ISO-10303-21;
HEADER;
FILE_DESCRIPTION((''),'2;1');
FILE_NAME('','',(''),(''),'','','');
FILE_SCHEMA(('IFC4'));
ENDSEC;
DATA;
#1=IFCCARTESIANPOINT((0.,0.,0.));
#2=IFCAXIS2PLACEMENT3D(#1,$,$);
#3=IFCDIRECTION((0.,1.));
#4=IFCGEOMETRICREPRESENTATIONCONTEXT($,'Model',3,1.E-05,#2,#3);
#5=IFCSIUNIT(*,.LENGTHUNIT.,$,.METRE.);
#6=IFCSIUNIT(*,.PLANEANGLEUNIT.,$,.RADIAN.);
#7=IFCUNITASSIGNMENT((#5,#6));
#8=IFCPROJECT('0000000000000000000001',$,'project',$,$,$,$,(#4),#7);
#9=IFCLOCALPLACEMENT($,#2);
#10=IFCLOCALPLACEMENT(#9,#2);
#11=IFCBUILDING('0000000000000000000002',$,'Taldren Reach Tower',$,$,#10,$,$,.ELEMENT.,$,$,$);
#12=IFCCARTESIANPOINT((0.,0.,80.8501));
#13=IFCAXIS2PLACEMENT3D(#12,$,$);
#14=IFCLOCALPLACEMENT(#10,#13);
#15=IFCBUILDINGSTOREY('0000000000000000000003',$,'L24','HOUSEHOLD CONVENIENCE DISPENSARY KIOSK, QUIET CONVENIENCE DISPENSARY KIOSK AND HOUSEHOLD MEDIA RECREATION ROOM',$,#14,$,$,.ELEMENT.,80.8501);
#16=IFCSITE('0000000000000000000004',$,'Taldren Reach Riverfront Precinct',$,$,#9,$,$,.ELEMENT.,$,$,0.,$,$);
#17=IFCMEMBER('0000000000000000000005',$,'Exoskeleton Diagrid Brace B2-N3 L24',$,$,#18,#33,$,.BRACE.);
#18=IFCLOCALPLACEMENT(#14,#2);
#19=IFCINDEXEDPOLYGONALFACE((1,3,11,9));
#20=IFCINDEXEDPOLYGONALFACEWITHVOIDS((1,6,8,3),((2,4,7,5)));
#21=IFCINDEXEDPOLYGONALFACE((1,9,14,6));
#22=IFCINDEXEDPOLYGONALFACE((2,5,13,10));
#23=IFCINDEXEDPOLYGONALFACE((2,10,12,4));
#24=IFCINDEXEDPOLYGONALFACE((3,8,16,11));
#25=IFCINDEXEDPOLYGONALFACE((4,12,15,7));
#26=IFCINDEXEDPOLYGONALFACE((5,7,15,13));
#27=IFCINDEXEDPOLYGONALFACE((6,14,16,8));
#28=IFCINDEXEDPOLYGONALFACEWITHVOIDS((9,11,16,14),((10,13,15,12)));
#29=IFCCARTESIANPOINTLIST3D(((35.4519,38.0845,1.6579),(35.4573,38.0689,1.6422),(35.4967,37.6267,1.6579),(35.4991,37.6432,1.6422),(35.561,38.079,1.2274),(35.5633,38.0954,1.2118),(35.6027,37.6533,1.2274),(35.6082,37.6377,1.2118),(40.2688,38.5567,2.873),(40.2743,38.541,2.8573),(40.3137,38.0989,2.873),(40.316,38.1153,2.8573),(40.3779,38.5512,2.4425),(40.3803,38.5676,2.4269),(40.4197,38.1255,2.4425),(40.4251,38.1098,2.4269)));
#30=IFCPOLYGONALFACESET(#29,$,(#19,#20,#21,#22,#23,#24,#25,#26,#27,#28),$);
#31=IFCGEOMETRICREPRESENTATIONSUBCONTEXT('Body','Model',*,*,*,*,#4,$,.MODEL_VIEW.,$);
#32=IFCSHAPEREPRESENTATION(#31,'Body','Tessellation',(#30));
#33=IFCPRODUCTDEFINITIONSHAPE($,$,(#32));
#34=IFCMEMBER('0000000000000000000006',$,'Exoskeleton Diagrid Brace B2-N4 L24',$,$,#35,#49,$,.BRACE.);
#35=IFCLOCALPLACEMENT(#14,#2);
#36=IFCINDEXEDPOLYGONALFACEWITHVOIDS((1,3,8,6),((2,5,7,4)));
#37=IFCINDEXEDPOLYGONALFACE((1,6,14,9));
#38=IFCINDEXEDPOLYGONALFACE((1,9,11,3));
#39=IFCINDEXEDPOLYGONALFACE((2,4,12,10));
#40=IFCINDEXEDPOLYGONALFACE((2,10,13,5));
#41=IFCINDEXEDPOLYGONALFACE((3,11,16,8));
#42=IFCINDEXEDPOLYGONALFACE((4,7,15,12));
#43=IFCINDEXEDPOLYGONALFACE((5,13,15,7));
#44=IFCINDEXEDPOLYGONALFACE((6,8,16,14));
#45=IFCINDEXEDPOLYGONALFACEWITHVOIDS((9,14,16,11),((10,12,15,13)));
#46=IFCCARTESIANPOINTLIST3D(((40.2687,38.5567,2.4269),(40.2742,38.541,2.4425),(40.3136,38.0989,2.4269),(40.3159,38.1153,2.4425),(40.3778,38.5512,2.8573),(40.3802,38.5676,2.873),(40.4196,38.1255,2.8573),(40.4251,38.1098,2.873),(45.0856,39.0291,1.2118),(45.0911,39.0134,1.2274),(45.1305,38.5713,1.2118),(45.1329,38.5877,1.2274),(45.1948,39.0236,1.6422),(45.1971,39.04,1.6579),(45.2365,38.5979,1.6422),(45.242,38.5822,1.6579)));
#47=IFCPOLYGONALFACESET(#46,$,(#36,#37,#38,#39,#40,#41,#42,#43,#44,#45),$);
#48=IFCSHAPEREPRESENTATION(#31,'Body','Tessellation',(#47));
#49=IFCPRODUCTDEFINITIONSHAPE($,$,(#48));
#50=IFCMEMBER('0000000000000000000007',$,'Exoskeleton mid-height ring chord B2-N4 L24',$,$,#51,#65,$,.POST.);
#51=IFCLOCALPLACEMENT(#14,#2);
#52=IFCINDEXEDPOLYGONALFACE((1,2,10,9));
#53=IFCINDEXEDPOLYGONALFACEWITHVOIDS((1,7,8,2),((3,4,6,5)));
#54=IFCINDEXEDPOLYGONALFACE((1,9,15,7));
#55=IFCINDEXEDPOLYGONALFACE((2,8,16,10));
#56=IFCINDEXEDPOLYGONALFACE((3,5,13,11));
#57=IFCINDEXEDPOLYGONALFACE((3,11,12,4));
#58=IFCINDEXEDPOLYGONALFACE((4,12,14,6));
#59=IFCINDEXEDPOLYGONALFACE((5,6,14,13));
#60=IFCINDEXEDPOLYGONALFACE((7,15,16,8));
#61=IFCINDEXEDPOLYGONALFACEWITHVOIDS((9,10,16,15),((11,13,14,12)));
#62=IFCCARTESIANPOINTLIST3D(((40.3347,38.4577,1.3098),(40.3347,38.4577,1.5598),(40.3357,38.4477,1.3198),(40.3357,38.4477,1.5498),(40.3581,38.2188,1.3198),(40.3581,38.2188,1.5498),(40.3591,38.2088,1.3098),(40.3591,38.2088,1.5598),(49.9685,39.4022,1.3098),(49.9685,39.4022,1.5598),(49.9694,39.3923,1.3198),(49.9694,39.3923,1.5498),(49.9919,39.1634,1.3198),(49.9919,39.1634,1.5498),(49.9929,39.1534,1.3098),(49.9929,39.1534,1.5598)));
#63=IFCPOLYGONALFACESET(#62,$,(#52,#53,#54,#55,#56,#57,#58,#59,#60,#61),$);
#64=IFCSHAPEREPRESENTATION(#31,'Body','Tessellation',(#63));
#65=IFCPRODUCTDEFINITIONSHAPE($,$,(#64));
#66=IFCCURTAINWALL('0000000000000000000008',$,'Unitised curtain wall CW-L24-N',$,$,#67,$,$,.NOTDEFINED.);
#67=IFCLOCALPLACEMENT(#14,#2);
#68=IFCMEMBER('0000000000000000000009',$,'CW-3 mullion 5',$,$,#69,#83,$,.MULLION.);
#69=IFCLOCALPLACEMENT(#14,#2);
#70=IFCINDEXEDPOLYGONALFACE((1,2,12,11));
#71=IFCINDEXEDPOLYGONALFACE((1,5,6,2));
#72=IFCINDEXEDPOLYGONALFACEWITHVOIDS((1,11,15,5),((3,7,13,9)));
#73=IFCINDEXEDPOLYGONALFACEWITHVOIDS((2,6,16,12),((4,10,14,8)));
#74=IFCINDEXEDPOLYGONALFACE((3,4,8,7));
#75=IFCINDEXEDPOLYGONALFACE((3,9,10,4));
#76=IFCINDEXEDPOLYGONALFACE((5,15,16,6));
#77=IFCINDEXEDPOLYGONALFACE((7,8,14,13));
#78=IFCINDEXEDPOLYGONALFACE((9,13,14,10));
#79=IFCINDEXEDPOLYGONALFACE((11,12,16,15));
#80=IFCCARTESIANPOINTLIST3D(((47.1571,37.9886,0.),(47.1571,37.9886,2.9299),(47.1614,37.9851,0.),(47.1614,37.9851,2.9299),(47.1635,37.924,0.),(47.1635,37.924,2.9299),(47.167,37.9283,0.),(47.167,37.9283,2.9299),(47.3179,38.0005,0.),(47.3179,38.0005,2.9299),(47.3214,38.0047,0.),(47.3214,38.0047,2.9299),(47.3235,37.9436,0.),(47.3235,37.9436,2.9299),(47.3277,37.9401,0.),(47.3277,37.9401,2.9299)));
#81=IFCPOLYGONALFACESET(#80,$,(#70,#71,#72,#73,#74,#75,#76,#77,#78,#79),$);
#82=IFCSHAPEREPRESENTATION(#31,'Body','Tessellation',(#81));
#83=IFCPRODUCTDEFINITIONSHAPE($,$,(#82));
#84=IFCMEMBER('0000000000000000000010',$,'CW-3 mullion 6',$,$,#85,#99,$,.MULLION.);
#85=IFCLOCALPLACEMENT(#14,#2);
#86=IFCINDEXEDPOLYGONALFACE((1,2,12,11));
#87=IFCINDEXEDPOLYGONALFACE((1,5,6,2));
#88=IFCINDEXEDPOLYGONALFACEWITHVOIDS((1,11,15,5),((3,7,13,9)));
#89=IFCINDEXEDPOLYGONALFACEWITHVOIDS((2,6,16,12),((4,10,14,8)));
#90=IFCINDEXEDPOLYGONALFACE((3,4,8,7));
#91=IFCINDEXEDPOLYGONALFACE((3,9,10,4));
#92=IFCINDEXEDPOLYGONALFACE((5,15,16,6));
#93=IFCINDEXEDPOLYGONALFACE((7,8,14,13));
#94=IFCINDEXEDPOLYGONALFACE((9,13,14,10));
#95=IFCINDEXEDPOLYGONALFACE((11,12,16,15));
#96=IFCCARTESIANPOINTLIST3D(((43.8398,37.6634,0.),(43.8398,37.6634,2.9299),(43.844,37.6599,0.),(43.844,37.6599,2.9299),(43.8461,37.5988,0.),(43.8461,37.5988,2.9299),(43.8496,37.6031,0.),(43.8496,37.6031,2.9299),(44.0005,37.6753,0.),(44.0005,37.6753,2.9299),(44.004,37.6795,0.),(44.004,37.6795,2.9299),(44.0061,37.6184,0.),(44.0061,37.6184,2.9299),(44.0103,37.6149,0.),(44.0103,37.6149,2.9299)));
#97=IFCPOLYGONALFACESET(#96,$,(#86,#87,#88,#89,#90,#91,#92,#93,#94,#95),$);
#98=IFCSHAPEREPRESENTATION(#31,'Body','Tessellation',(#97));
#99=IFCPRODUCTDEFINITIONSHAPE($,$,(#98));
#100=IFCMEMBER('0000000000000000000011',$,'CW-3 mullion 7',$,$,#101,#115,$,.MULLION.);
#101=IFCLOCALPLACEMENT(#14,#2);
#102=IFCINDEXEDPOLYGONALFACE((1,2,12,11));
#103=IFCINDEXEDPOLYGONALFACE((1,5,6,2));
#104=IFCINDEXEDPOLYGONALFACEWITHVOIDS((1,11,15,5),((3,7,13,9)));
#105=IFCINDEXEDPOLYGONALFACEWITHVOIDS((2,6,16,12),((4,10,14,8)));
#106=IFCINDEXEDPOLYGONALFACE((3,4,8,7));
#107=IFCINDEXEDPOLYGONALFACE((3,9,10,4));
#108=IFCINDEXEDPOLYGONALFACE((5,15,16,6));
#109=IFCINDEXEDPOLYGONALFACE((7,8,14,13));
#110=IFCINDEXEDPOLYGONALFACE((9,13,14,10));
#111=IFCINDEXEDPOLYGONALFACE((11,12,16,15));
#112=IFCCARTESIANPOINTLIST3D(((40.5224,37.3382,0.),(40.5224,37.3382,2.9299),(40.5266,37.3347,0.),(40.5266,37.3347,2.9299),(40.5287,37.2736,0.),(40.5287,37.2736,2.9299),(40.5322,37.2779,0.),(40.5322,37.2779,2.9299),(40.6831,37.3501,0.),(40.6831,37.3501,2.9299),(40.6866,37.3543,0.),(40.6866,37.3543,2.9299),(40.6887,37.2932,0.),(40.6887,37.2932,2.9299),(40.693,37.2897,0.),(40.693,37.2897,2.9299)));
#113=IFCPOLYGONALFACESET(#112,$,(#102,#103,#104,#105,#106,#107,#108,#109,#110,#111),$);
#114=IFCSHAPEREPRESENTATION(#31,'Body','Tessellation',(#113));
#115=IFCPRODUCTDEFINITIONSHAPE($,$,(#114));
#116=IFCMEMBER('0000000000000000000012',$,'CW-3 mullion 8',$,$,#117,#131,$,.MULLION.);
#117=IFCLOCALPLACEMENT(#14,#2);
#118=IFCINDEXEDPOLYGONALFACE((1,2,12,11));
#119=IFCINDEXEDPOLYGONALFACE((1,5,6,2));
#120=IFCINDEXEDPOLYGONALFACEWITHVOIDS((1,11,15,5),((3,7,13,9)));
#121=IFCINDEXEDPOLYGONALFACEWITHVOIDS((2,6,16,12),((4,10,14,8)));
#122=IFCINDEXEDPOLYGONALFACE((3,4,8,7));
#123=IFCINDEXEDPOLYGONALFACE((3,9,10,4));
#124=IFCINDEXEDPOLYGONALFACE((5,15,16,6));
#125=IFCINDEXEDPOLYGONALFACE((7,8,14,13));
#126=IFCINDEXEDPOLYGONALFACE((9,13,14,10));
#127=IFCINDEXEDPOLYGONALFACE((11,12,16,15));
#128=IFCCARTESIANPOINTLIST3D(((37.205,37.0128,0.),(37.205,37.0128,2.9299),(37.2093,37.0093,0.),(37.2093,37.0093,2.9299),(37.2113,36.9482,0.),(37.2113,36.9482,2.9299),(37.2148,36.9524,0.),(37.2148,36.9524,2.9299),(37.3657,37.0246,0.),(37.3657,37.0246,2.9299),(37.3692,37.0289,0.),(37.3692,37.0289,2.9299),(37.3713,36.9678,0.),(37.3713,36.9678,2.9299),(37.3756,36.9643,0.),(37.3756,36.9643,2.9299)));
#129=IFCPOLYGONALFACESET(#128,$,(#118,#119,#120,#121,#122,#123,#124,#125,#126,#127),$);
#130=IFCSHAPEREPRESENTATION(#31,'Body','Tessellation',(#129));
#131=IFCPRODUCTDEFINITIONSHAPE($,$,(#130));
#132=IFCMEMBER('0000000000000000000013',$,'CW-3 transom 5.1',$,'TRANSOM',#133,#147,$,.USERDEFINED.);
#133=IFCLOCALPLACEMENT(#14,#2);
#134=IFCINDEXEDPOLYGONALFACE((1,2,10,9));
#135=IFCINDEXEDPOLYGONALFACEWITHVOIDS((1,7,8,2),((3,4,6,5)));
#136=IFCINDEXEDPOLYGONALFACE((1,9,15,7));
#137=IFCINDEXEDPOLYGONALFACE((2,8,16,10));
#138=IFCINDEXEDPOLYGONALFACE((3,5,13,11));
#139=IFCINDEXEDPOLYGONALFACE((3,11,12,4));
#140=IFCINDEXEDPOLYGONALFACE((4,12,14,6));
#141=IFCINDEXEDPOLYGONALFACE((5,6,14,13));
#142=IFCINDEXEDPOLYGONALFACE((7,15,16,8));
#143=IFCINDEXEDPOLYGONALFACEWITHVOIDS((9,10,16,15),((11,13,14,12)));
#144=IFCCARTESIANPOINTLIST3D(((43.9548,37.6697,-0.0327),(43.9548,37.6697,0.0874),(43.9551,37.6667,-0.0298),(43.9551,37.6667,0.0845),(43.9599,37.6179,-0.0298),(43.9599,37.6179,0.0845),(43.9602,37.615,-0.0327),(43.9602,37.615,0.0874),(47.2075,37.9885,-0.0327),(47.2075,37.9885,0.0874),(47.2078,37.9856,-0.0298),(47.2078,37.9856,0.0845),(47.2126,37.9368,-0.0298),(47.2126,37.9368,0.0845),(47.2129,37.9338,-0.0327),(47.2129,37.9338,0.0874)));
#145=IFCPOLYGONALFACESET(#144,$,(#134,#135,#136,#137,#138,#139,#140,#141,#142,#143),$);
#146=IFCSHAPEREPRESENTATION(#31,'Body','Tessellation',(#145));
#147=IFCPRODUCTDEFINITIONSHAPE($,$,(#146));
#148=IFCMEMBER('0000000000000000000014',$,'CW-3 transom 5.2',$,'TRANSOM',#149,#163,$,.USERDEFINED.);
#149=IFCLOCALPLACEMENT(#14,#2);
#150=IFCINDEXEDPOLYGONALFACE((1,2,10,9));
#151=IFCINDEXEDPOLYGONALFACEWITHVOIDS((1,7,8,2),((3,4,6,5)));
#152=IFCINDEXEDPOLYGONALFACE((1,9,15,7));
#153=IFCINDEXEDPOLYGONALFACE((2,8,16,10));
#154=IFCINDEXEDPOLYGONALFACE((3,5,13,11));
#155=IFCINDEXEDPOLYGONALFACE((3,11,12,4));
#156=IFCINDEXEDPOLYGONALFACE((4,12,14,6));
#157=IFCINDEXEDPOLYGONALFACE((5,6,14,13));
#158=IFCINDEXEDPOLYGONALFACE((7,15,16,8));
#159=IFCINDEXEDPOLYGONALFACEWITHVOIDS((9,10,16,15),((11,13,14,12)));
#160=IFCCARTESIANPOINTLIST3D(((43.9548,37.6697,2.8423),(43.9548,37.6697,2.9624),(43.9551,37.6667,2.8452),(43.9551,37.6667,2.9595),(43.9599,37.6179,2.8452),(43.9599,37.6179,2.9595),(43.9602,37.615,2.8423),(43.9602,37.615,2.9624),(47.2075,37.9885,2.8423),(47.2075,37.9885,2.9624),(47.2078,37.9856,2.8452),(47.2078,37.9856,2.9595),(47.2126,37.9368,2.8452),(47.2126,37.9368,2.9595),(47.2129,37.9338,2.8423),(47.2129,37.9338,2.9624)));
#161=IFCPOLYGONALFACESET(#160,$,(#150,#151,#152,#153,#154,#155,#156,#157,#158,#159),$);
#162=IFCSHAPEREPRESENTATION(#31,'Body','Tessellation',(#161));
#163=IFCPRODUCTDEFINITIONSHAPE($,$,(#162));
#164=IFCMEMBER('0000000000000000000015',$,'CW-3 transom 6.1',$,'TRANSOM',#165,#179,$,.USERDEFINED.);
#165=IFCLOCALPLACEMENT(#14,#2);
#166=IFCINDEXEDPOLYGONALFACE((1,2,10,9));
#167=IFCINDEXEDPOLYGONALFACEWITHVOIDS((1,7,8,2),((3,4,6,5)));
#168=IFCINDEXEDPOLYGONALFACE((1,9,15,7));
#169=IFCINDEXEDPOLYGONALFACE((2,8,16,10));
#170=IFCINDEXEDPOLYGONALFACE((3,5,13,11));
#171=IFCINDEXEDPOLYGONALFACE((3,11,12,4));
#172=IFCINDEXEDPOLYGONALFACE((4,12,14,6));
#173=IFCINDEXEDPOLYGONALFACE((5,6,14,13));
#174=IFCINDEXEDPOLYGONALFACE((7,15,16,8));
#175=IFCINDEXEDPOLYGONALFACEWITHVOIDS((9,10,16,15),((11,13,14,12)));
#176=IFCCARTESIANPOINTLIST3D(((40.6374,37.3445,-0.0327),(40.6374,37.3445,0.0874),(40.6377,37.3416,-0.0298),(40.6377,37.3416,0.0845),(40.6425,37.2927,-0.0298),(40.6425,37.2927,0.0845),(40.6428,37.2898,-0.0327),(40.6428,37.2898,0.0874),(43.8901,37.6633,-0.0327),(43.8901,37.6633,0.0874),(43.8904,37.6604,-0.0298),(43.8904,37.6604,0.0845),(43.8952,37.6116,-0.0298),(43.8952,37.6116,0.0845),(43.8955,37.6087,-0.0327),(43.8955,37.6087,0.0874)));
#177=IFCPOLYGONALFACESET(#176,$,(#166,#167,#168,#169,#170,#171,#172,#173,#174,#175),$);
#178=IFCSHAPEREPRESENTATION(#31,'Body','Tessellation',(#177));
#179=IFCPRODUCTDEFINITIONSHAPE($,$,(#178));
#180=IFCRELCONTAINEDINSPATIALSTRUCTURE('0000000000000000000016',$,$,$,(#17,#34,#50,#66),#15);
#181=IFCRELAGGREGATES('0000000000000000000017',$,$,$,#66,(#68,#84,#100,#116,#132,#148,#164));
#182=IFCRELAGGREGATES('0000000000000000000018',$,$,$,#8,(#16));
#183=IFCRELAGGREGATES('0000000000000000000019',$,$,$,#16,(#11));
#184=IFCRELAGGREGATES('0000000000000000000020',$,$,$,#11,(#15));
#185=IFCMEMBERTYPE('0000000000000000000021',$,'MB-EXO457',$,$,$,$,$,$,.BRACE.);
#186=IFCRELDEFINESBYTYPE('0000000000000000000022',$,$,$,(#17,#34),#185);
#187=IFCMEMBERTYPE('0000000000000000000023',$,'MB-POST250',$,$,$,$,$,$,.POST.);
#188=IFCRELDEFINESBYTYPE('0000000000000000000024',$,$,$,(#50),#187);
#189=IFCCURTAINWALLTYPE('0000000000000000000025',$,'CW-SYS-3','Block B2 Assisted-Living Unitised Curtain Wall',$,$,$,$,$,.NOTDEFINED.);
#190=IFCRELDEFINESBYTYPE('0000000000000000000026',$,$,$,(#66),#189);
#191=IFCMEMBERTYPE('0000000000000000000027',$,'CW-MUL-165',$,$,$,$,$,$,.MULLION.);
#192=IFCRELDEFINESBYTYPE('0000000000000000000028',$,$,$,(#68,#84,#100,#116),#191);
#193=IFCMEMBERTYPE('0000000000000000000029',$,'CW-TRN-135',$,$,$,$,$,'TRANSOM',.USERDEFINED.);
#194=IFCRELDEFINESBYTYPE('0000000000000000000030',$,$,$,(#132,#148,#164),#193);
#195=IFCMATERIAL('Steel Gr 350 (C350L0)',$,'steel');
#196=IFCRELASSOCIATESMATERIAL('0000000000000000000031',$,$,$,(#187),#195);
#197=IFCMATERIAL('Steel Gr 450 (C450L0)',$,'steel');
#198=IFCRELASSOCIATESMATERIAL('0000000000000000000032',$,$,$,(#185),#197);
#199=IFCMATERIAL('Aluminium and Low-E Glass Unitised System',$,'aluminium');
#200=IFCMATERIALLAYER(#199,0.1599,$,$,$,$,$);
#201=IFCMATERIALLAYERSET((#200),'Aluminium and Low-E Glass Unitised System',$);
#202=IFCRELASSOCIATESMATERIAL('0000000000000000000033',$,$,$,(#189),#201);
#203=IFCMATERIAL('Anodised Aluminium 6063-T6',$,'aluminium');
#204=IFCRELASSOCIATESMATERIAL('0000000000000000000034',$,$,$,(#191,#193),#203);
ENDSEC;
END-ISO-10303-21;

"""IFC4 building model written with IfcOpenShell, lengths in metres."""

from ifc_helpers import new_model, si_unit, direction, frame, origin, origin_2d, place, context, subcontext, project, spatial, hollow_rectangle, extrude, source, transform, mapped, material, layer, layer_set, material_profile, profile_set, type_object, element, aggregate, save


model = new_model("IFC4")

# Units and contexts
model_context = context("Model", 3, precision=1e-05, world=origin(), true_north=direction((0.0, 1.0)))
body_context = subcontext(model_context, "Body", "Model", "MODEL_VIEW")
ifc_project = project(units=[si_unit("LENGTHUNIT", "METRE"), si_unit("PLANEANGLEUNIT", "RADIAN")], contexts=[model_context])

# Site, building, storey
site_placement = place(None, origin())
site = spatial("IfcSite", under=ifc_project, at=site_placement, Name="Taldren Reach Riverfront Precinct", CompositionType="ELEMENT", RefElevation=0.0)
building_placement = place(site_placement, origin())
building = spatial("IfcBuilding", under=site, at=building_placement, Name="Taldren Reach Tower", CompositionType="ELEMENT")
storey_placement = place(building_placement, frame((0.0, 0.0, 80.8501)))
storey = spatial("IfcBuildingStorey", under=building, at=storey_placement, Name="L24", Description="HOUSEHOLD CONVENIENCE DISPENSARY KIOSK, QUIET CONVENIENCE DISPENSARY KIOSK AND HOUSEHOLD MEDIA RECREATION ROOM", CompositionType="ELEMENT", Elevation=80.8501)

# Shared definitions
ifc_material_1 = material(Name="Steel Gr 450 (C450L0)", Category="steel")
ifc_material_2 = material(Name="Steel Gr 350 (C350L0)", Category="steel")
ifc_material_profile_1 = material_profile(ifc_material_2, hollow_rectangle(XDim=0.25, YDim=0.25, WallThickness=0.01, at=origin_2d()), Name="250x250x10.0SHS")
ifc_profile_set_1 = profile_set([ifc_material_profile_1], Name="Steel Gr 350 (C350L0)")
member_type_1 = type_object("IfcMemberType", Name="MB-POST250", PredefinedType="POST", material=ifc_profile_set_1)

# Members
ifc_material_profile_2 = material_profile(ifc_material_1, hollow_rectangle(XDim=0.46, YDim=0.46, WallThickness=0.0161, at=origin_2d()), Name="460x460x16.0SHS")
ifc_profile_set_2 = profile_set([ifc_material_profile_2], Name="Steel Gr 450 (C450L0)")
member_type_2 = type_object("IfcMemberType", Name="MB-EXO457", PredefinedType="BRACE", material=ifc_profile_set_2)
shared_shape_1 = source(origin(), body_context, "Body", "SweptSolid", [
    extrude(hollow_rectangle(XDim=0.46, YDim=0.46, WallThickness=0.0161, at=origin_2d()), origin(), (0.0, 0.0, 1.0), 4.9902),
])
for number, where, z_axis, x_axis, name in (
    (1, (35.53, 37.8611, 1.4348), (0.965276, 0.09462, 0.243496), (-0.097556, 0.99523, 0.0), "Exoskeleton Diagrid Brace B2-N3 L24"),
    (2, (45.1638, 38.8057, 1.4348), (-0.965271, -0.094668, 0.243495), (0.097606, -0.995225, 0.0), "Exoskeleton Diagrid Brace B2-N4 L24"),
):
    element("IfcMember", number, at=place(storey_placement, frame(where, z_axis=z_axis, x_axis=x_axis)), inside=storey, type_object=member_type_2, Name=name, PredefinedType="BRACE", context=body_context, shape_type="MappedRepresentation", body=[
        mapped(shared_shape_1, transform((0.0, 0.0, 0.0), scale=1.0)),
    ])
shared_shape_2 = source(origin(), body_context, "Body", "SweptSolid", [
    extrude(hollow_rectangle(XDim=0.25, YDim=0.25, WallThickness=0.01, at=origin_2d()), origin(), (0.0, 0.0, 1.0), 9.6799),
])
member_1_placement = place(storey_placement, frame((40.3469, 38.3333, 1.4348), z_axis=(0.995228, 0.097581, 0.0), x_axis=(-0.097581, 0.995228, 0.0)))
element("IfcMember", 3, at=member_1_placement, inside=storey, type_object=member_type_1, Name="Exoskeleton mid-height ring chord B2-N4 L24", PredefinedType="POST", context=body_context, shape_type="MappedRepresentation", body=[
    mapped(shared_shape_2, transform((0.0, 0.0, 0.0), scale=1.0)),
])

# Curtain wall, members
ifc_material_3 = material(Name="Aluminium and Low-E Glass Unitised System", Category="aluminium")
ifc_layer_1 = layer(ifc_material_3, 0.1599)
ifc_layer_set_1 = layer_set([ifc_layer_1], Name="Aluminium and Low-E Glass Unitised System")
curtain_wall_type = type_object("IfcCurtainWallType", Name="CW-SYS-3", Description="Block B2 Assisted-Living Unitised Curtain Wall", PredefinedType="NOTDEFINED", material=ifc_layer_set_1)
curtain_wall_placement = place(storey_placement, origin())
curtain_wall = element("IfcCurtainWall", 4, at=curtain_wall_placement, inside=storey, type_object=curtain_wall_type, Name="Unitised curtain wall CW-L24-N", PredefinedType="NOTDEFINED")
ifc_material_4 = material(Name="Anodised Aluminium 6063-T6", Category="aluminium")
ifc_material_profile_3 = material_profile(ifc_material_4, hollow_rectangle(XDim=0.0649, YDim=0.165, WallThickness=0.0039, at=origin_2d()), Name="ALU-165x65x4RHS")
ifc_profile_set_3 = profile_set([ifc_material_profile_3], Name="Anodised Aluminium 6063-T6")
member_type_3 = type_object("IfcMemberType", Name="CW-MUL-165", PredefinedType="MULLION", material=ifc_profile_set_3)
shared_shape_3 = source(origin(), body_context, "Body", "SweptSolid", [
    extrude(hollow_rectangle(XDim=0.0649, YDim=0.165, WallThickness=0.0039, at=origin_2d()), origin(), (0.0, 0.0, 1.0), 2.9299),
])
member_2_placement = place(storey_placement, frame((47.2424, 37.9644, 0.0), z_axis=(0.0, 0.0, 1.0), x_axis=(0.097583, -0.995227, 0.0)))
member_2 = element("IfcMember", 5, at=member_2_placement, type_object=member_type_3, Name="CW-3 mullion 5", PredefinedType="MULLION", context=body_context, shape_type="MappedRepresentation", body=[
    mapped(shared_shape_3, transform((0.0, 0.0, 0.0), scale=1.0)),
])
member_3_placement = place(storey_placement, frame((43.925, 37.6392, 0.0), z_axis=(0.0, 0.0, 1.0), x_axis=(0.097583, -0.995227, 0.0)))
member_3 = element("IfcMember", 6, at=member_3_placement, type_object=member_type_3, Name="CW-3 mullion 6", PredefinedType="MULLION", context=body_context, shape_type="MappedRepresentation", body=[
    mapped(shared_shape_3, transform((0.0, 0.0, 0.0), scale=1.0)),
])
member_4_placement = place(storey_placement, frame((40.6077, 37.314, 0.0), z_axis=(0.0, 0.0, 1.0), x_axis=(0.097583, -0.995227, 0.0)))
member_4 = element("IfcMember", 7, at=member_4_placement, type_object=member_type_3, Name="CW-3 mullion 7", PredefinedType="MULLION", context=body_context, shape_type="MappedRepresentation", body=[
    mapped(shared_shape_3, transform((0.0, 0.0, 0.0), scale=1.0)),
])
member_5_placement = place(storey_placement, frame((37.2903, 36.9885, 0.0), z_axis=(0.0, 0.0, 1.0), x_axis=(0.097583, -0.995227, 0.0)))
member_5 = element("IfcMember", 8, at=member_5_placement, type_object=member_type_3, Name="CW-3 mullion 8", PredefinedType="MULLION", context=body_context, shape_type="MappedRepresentation", body=[
    mapped(shared_shape_3, transform((0.0, 0.0, 0.0), scale=1.0)),
])
ifc_material_profile_4 = material_profile(ifc_material_4, hollow_rectangle(XDim=0.0549, YDim=0.1201, WallThickness=0.0029, at=origin_2d()), Name="ALU-120x55x3RHS")
ifc_profile_set_4 = profile_set([ifc_material_profile_4], Name="Anodised Aluminium 6063-T6")
member_type_4 = type_object("IfcMemberType", Name="CW-TRN-135", ElementType="TRANSOM", PredefinedType="USERDEFINED", material=ifc_profile_set_4)
shared_shape_4 = source(origin(), body_context, "Body", "SweptSolid", [
    extrude(hollow_rectangle(XDim=0.0549, YDim=0.1201, WallThickness=0.0029, at=origin_2d()), origin(), (0.0, 0.0, 1.0), 3.2683),
])
member_6_placement = place(storey_placement, frame((47.2102, 37.9612, 0.0273), z_axis=(-0.99523, -0.097558, 0.0), x_axis=(0.097558, -0.99523, 0.0)))
member_6 = element("IfcMember", 9, at=member_6_placement, type_object=member_type_4, Name="CW-3 transom 5.1", ObjectType="TRANSOM", PredefinedType="USERDEFINED", context=body_context, shape_type="MappedRepresentation", body=[
    mapped(shared_shape_4, transform((0.0, 0.0, 0.0), scale=1.0)),
])
member_7_placement = place(storey_placement, frame((47.2102, 37.9612, 2.9023), z_axis=(-0.99523, -0.097558, 0.0), x_axis=(0.097558, -0.99523, 0.0)))
member_7 = element("IfcMember", 10, at=member_7_placement, type_object=member_type_4, Name="CW-3 transom 5.2", ObjectType="TRANSOM", PredefinedType="USERDEFINED", context=body_context, shape_type="MappedRepresentation", body=[
    mapped(shared_shape_4, transform((0.0, 0.0, 0.0), scale=1.0)),
])
member_8_placement = place(storey_placement, frame((43.8928, 37.636, 0.0273), z_axis=(-0.99523, -0.097558, 0.0), x_axis=(0.097558, -0.99523, 0.0)))
member_8 = element("IfcMember", 11, at=member_8_placement, type_object=member_type_4, Name="CW-3 transom 6.1", ObjectType="TRANSOM", PredefinedType="USERDEFINED", context=body_context, shape_type="MappedRepresentation", body=[
    mapped(shared_shape_4, transform((0.0, 0.0, 0.0), scale=1.0)),
])

aggregate(curtain_wall, [member_2, member_3, member_4, member_5, member_6, member_7, member_8])

save(model, "model.ifc")
